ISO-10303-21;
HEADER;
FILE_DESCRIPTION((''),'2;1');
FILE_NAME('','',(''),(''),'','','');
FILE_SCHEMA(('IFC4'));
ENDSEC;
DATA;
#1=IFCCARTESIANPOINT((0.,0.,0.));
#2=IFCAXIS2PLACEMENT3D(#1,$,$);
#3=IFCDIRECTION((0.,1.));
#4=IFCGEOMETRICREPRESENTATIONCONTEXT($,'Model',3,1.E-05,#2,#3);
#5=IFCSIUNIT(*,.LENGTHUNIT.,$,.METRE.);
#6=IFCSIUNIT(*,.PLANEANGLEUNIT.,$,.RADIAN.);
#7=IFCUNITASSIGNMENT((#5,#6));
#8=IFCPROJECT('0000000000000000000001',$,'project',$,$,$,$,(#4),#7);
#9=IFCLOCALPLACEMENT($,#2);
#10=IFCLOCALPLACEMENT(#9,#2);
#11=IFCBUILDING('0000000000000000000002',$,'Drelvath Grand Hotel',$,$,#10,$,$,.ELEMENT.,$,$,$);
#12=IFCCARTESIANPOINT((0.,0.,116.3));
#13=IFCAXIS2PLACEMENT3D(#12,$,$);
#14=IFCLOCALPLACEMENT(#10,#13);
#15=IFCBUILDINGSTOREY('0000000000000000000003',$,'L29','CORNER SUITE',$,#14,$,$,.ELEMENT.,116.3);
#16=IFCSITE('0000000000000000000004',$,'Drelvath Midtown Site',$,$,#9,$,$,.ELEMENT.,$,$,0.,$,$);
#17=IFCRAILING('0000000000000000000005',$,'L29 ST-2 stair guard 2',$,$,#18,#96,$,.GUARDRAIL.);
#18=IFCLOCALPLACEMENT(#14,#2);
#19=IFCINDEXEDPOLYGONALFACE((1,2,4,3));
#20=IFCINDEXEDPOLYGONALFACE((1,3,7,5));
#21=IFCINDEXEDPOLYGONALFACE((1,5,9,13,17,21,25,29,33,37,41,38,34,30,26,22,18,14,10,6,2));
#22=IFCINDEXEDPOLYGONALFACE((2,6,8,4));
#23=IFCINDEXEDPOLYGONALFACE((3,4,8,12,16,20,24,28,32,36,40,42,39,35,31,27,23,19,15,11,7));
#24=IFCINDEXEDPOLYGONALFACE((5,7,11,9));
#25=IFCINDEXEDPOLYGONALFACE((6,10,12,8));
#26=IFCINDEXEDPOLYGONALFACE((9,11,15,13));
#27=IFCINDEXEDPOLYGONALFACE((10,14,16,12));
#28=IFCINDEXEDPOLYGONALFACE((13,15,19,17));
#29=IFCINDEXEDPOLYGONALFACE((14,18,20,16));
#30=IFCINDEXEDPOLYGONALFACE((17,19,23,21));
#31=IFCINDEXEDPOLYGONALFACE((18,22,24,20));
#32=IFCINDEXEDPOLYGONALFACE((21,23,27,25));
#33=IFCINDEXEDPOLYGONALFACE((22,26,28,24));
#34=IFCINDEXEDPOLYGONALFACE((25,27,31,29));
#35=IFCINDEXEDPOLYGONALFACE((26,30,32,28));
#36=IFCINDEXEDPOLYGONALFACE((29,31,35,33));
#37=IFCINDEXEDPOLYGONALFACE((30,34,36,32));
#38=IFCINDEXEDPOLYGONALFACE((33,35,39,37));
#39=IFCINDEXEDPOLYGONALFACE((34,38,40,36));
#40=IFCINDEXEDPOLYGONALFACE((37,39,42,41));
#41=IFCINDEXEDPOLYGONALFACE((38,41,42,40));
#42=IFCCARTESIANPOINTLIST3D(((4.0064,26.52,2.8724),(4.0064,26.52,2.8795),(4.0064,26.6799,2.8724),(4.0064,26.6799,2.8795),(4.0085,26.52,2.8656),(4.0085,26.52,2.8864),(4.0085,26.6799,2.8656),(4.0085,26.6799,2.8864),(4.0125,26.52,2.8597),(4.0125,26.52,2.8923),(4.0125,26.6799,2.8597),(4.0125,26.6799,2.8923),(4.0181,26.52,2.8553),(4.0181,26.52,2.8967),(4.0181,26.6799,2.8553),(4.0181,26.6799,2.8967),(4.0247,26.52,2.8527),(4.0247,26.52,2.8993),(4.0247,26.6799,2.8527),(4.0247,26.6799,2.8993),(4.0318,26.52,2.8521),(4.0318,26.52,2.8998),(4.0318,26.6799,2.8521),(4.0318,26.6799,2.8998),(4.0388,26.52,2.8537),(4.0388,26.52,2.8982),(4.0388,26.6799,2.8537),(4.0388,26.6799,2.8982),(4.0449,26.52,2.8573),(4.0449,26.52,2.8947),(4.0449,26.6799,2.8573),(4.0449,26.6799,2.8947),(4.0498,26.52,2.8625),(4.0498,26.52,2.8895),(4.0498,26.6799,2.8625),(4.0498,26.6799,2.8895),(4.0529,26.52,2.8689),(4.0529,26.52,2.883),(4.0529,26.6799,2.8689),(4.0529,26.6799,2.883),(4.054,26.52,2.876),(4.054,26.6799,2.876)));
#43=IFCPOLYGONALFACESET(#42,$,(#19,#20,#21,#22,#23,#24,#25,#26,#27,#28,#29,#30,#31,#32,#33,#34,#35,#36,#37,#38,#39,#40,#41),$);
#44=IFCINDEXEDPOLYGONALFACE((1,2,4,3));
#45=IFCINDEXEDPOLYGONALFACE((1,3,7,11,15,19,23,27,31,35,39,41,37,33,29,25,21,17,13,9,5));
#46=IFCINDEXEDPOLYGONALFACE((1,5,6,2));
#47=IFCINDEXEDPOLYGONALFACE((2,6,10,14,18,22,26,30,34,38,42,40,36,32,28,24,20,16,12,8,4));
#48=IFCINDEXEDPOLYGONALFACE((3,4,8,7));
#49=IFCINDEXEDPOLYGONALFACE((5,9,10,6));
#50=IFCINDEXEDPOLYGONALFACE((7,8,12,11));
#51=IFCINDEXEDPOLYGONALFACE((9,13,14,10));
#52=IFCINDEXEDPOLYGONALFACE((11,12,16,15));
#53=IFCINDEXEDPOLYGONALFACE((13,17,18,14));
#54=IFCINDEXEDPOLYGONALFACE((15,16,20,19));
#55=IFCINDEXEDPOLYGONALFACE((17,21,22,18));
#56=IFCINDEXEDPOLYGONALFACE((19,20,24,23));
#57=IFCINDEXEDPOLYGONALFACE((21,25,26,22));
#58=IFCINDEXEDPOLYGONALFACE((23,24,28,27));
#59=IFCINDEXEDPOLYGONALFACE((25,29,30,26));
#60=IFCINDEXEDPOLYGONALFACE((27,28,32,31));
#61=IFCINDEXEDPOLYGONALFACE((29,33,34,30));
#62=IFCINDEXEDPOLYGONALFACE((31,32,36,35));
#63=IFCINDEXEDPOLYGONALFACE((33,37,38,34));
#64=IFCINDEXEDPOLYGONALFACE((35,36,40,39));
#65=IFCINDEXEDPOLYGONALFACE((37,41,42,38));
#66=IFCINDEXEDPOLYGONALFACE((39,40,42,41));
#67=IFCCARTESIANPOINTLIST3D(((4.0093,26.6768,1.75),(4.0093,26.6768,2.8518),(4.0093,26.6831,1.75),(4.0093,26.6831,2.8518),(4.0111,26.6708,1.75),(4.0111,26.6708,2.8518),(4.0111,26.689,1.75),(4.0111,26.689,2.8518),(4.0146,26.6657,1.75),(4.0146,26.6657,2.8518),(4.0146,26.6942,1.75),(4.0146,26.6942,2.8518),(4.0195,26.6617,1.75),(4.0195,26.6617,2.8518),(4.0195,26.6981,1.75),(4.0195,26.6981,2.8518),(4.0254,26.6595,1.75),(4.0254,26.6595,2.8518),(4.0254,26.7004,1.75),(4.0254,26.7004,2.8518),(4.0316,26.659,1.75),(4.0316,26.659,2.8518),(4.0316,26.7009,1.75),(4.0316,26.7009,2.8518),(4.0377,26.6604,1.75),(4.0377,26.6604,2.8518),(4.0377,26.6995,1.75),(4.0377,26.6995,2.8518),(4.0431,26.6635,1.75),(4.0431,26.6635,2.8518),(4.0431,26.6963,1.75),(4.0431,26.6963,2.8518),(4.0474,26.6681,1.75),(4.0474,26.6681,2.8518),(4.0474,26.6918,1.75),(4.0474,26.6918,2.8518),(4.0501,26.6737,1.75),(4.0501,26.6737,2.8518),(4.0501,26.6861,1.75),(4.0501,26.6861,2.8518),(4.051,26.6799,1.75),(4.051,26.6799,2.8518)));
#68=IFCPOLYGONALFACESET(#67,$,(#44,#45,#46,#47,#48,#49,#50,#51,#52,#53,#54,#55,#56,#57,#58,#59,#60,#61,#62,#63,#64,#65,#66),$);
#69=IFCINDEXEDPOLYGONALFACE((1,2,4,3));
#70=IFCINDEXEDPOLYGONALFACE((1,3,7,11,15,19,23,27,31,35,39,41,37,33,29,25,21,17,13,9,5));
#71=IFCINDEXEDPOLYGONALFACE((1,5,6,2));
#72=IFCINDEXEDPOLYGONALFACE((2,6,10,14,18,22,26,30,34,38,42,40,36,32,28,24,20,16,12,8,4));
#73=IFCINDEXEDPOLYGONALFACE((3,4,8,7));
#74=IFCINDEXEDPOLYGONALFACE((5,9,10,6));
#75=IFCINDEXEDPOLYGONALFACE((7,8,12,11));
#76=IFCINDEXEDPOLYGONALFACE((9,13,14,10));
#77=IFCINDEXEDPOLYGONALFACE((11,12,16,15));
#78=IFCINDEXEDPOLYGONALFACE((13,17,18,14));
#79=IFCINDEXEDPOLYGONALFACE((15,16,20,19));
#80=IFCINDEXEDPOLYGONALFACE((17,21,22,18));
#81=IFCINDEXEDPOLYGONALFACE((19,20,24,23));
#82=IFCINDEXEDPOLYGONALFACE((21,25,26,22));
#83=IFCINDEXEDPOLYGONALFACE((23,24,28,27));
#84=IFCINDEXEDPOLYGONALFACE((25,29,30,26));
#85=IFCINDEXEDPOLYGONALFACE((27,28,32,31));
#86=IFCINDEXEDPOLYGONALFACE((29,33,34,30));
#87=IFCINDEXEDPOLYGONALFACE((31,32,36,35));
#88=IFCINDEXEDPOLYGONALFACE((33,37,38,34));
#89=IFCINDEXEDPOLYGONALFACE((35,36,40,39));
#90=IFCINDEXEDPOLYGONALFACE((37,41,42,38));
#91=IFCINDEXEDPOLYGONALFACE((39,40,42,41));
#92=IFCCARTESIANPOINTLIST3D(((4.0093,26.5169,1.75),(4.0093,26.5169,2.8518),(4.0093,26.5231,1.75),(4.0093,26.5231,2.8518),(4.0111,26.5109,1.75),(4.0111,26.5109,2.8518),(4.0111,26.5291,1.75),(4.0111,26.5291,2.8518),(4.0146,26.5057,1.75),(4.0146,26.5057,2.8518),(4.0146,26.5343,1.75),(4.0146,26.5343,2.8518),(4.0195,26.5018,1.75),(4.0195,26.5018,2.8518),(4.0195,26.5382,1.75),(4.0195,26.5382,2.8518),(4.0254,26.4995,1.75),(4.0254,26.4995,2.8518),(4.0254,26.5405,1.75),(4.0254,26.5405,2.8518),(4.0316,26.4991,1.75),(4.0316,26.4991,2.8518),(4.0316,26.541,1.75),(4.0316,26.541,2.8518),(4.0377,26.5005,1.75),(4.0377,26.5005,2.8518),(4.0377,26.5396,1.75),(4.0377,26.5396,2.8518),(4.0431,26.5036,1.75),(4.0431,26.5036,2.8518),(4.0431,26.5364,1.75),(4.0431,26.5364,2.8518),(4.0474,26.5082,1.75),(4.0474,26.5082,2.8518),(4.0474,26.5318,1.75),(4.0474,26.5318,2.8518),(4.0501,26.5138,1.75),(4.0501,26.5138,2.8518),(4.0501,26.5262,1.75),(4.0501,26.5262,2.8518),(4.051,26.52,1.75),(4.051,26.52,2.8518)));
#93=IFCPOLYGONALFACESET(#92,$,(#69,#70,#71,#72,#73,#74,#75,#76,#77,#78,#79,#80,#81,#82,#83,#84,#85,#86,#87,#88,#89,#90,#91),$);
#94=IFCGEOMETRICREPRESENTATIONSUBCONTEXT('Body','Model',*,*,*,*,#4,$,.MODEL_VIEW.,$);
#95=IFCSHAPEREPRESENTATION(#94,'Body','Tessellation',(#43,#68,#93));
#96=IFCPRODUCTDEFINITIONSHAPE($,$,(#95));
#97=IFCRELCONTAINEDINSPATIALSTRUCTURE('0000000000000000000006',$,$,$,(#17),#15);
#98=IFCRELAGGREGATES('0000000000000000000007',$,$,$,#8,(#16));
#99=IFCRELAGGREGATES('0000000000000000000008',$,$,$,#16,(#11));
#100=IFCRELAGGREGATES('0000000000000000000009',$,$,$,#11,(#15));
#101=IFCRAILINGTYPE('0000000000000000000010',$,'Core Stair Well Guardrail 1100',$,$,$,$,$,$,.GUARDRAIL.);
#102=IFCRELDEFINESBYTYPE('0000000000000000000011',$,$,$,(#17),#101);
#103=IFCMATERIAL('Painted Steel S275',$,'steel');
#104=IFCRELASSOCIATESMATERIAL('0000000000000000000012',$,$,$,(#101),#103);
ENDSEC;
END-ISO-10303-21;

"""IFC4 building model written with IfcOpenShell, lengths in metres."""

from ifc_helpers import new_model, si_unit, direction, frame, origin, origin_2d, place, context, subcontext, project, spatial, circle, extrude, material, type_object, element, save


model = new_model("IFC4")

# Units and contexts
model_context = context("Model", 3, precision=1e-05, world=origin(), true_north=direction((0.0, 1.0)))
body_context = subcontext(model_context, "Body", "Model", "MODEL_VIEW")
ifc_project = project(units=[si_unit("LENGTHUNIT", "METRE"), si_unit("PLANEANGLEUNIT", "RADIAN")], contexts=[model_context])

# Site, building, storey
site_placement = place(None, origin())
site = spatial("IfcSite", under=ifc_project, at=site_placement, Name="Drelvath Midtown Site", CompositionType="ELEMENT", RefElevation=0.0)
building_placement = place(site_placement, origin())
building = spatial("IfcBuilding", under=site, at=building_placement, Name="Drelvath Grand Hotel", CompositionType="ELEMENT")
storey_placement = place(building_placement, frame((0.0, 0.0, 116.3)))
storey = spatial("IfcBuildingStorey", under=building, at=storey_placement, Name="L29", Description="CORNER SUITE", CompositionType="ELEMENT", Elevation=116.3)

# Railing
ifc_material_1 = material(Name="Painted Steel S275", Category="steel")
railing_type_1 = type_object("IfcRailingType", Name="Core Stair Well Guardrail 1100", PredefinedType="GUARDRAIL", material=ifc_material_1)
railing_1_placement = place(storey_placement, frame((4.03, 26.6799, 1.75)))
element("IfcRailing", 1, at=railing_1_placement, inside=storey, type_object=railing_type_1, Name="L29 ST-2 stair guard 2", PredefinedType="GUARDRAIL", context=body_context, shape_type="SweptSolid", body=[
    extrude(circle(Radius=0.0239, at=origin_2d()), frame((0.0, 0.0, 1.126), z_axis=(0.0, -1.0, 0.0), x_axis=(1.0, 0.0, 0.0)), (0.0, 0.0, 1.0), 0.1599),
    extrude(circle(Radius=0.021, at=origin_2d()), origin(), (0.0, 0.0, 1.0), 1.1018),
    extrude(circle(Radius=0.021, at=origin_2d()), frame((0.0, -0.1599, 0.0)), (0.0, 0.0, 1.0), 1.1018),
])

save(model, "model.ifc")
